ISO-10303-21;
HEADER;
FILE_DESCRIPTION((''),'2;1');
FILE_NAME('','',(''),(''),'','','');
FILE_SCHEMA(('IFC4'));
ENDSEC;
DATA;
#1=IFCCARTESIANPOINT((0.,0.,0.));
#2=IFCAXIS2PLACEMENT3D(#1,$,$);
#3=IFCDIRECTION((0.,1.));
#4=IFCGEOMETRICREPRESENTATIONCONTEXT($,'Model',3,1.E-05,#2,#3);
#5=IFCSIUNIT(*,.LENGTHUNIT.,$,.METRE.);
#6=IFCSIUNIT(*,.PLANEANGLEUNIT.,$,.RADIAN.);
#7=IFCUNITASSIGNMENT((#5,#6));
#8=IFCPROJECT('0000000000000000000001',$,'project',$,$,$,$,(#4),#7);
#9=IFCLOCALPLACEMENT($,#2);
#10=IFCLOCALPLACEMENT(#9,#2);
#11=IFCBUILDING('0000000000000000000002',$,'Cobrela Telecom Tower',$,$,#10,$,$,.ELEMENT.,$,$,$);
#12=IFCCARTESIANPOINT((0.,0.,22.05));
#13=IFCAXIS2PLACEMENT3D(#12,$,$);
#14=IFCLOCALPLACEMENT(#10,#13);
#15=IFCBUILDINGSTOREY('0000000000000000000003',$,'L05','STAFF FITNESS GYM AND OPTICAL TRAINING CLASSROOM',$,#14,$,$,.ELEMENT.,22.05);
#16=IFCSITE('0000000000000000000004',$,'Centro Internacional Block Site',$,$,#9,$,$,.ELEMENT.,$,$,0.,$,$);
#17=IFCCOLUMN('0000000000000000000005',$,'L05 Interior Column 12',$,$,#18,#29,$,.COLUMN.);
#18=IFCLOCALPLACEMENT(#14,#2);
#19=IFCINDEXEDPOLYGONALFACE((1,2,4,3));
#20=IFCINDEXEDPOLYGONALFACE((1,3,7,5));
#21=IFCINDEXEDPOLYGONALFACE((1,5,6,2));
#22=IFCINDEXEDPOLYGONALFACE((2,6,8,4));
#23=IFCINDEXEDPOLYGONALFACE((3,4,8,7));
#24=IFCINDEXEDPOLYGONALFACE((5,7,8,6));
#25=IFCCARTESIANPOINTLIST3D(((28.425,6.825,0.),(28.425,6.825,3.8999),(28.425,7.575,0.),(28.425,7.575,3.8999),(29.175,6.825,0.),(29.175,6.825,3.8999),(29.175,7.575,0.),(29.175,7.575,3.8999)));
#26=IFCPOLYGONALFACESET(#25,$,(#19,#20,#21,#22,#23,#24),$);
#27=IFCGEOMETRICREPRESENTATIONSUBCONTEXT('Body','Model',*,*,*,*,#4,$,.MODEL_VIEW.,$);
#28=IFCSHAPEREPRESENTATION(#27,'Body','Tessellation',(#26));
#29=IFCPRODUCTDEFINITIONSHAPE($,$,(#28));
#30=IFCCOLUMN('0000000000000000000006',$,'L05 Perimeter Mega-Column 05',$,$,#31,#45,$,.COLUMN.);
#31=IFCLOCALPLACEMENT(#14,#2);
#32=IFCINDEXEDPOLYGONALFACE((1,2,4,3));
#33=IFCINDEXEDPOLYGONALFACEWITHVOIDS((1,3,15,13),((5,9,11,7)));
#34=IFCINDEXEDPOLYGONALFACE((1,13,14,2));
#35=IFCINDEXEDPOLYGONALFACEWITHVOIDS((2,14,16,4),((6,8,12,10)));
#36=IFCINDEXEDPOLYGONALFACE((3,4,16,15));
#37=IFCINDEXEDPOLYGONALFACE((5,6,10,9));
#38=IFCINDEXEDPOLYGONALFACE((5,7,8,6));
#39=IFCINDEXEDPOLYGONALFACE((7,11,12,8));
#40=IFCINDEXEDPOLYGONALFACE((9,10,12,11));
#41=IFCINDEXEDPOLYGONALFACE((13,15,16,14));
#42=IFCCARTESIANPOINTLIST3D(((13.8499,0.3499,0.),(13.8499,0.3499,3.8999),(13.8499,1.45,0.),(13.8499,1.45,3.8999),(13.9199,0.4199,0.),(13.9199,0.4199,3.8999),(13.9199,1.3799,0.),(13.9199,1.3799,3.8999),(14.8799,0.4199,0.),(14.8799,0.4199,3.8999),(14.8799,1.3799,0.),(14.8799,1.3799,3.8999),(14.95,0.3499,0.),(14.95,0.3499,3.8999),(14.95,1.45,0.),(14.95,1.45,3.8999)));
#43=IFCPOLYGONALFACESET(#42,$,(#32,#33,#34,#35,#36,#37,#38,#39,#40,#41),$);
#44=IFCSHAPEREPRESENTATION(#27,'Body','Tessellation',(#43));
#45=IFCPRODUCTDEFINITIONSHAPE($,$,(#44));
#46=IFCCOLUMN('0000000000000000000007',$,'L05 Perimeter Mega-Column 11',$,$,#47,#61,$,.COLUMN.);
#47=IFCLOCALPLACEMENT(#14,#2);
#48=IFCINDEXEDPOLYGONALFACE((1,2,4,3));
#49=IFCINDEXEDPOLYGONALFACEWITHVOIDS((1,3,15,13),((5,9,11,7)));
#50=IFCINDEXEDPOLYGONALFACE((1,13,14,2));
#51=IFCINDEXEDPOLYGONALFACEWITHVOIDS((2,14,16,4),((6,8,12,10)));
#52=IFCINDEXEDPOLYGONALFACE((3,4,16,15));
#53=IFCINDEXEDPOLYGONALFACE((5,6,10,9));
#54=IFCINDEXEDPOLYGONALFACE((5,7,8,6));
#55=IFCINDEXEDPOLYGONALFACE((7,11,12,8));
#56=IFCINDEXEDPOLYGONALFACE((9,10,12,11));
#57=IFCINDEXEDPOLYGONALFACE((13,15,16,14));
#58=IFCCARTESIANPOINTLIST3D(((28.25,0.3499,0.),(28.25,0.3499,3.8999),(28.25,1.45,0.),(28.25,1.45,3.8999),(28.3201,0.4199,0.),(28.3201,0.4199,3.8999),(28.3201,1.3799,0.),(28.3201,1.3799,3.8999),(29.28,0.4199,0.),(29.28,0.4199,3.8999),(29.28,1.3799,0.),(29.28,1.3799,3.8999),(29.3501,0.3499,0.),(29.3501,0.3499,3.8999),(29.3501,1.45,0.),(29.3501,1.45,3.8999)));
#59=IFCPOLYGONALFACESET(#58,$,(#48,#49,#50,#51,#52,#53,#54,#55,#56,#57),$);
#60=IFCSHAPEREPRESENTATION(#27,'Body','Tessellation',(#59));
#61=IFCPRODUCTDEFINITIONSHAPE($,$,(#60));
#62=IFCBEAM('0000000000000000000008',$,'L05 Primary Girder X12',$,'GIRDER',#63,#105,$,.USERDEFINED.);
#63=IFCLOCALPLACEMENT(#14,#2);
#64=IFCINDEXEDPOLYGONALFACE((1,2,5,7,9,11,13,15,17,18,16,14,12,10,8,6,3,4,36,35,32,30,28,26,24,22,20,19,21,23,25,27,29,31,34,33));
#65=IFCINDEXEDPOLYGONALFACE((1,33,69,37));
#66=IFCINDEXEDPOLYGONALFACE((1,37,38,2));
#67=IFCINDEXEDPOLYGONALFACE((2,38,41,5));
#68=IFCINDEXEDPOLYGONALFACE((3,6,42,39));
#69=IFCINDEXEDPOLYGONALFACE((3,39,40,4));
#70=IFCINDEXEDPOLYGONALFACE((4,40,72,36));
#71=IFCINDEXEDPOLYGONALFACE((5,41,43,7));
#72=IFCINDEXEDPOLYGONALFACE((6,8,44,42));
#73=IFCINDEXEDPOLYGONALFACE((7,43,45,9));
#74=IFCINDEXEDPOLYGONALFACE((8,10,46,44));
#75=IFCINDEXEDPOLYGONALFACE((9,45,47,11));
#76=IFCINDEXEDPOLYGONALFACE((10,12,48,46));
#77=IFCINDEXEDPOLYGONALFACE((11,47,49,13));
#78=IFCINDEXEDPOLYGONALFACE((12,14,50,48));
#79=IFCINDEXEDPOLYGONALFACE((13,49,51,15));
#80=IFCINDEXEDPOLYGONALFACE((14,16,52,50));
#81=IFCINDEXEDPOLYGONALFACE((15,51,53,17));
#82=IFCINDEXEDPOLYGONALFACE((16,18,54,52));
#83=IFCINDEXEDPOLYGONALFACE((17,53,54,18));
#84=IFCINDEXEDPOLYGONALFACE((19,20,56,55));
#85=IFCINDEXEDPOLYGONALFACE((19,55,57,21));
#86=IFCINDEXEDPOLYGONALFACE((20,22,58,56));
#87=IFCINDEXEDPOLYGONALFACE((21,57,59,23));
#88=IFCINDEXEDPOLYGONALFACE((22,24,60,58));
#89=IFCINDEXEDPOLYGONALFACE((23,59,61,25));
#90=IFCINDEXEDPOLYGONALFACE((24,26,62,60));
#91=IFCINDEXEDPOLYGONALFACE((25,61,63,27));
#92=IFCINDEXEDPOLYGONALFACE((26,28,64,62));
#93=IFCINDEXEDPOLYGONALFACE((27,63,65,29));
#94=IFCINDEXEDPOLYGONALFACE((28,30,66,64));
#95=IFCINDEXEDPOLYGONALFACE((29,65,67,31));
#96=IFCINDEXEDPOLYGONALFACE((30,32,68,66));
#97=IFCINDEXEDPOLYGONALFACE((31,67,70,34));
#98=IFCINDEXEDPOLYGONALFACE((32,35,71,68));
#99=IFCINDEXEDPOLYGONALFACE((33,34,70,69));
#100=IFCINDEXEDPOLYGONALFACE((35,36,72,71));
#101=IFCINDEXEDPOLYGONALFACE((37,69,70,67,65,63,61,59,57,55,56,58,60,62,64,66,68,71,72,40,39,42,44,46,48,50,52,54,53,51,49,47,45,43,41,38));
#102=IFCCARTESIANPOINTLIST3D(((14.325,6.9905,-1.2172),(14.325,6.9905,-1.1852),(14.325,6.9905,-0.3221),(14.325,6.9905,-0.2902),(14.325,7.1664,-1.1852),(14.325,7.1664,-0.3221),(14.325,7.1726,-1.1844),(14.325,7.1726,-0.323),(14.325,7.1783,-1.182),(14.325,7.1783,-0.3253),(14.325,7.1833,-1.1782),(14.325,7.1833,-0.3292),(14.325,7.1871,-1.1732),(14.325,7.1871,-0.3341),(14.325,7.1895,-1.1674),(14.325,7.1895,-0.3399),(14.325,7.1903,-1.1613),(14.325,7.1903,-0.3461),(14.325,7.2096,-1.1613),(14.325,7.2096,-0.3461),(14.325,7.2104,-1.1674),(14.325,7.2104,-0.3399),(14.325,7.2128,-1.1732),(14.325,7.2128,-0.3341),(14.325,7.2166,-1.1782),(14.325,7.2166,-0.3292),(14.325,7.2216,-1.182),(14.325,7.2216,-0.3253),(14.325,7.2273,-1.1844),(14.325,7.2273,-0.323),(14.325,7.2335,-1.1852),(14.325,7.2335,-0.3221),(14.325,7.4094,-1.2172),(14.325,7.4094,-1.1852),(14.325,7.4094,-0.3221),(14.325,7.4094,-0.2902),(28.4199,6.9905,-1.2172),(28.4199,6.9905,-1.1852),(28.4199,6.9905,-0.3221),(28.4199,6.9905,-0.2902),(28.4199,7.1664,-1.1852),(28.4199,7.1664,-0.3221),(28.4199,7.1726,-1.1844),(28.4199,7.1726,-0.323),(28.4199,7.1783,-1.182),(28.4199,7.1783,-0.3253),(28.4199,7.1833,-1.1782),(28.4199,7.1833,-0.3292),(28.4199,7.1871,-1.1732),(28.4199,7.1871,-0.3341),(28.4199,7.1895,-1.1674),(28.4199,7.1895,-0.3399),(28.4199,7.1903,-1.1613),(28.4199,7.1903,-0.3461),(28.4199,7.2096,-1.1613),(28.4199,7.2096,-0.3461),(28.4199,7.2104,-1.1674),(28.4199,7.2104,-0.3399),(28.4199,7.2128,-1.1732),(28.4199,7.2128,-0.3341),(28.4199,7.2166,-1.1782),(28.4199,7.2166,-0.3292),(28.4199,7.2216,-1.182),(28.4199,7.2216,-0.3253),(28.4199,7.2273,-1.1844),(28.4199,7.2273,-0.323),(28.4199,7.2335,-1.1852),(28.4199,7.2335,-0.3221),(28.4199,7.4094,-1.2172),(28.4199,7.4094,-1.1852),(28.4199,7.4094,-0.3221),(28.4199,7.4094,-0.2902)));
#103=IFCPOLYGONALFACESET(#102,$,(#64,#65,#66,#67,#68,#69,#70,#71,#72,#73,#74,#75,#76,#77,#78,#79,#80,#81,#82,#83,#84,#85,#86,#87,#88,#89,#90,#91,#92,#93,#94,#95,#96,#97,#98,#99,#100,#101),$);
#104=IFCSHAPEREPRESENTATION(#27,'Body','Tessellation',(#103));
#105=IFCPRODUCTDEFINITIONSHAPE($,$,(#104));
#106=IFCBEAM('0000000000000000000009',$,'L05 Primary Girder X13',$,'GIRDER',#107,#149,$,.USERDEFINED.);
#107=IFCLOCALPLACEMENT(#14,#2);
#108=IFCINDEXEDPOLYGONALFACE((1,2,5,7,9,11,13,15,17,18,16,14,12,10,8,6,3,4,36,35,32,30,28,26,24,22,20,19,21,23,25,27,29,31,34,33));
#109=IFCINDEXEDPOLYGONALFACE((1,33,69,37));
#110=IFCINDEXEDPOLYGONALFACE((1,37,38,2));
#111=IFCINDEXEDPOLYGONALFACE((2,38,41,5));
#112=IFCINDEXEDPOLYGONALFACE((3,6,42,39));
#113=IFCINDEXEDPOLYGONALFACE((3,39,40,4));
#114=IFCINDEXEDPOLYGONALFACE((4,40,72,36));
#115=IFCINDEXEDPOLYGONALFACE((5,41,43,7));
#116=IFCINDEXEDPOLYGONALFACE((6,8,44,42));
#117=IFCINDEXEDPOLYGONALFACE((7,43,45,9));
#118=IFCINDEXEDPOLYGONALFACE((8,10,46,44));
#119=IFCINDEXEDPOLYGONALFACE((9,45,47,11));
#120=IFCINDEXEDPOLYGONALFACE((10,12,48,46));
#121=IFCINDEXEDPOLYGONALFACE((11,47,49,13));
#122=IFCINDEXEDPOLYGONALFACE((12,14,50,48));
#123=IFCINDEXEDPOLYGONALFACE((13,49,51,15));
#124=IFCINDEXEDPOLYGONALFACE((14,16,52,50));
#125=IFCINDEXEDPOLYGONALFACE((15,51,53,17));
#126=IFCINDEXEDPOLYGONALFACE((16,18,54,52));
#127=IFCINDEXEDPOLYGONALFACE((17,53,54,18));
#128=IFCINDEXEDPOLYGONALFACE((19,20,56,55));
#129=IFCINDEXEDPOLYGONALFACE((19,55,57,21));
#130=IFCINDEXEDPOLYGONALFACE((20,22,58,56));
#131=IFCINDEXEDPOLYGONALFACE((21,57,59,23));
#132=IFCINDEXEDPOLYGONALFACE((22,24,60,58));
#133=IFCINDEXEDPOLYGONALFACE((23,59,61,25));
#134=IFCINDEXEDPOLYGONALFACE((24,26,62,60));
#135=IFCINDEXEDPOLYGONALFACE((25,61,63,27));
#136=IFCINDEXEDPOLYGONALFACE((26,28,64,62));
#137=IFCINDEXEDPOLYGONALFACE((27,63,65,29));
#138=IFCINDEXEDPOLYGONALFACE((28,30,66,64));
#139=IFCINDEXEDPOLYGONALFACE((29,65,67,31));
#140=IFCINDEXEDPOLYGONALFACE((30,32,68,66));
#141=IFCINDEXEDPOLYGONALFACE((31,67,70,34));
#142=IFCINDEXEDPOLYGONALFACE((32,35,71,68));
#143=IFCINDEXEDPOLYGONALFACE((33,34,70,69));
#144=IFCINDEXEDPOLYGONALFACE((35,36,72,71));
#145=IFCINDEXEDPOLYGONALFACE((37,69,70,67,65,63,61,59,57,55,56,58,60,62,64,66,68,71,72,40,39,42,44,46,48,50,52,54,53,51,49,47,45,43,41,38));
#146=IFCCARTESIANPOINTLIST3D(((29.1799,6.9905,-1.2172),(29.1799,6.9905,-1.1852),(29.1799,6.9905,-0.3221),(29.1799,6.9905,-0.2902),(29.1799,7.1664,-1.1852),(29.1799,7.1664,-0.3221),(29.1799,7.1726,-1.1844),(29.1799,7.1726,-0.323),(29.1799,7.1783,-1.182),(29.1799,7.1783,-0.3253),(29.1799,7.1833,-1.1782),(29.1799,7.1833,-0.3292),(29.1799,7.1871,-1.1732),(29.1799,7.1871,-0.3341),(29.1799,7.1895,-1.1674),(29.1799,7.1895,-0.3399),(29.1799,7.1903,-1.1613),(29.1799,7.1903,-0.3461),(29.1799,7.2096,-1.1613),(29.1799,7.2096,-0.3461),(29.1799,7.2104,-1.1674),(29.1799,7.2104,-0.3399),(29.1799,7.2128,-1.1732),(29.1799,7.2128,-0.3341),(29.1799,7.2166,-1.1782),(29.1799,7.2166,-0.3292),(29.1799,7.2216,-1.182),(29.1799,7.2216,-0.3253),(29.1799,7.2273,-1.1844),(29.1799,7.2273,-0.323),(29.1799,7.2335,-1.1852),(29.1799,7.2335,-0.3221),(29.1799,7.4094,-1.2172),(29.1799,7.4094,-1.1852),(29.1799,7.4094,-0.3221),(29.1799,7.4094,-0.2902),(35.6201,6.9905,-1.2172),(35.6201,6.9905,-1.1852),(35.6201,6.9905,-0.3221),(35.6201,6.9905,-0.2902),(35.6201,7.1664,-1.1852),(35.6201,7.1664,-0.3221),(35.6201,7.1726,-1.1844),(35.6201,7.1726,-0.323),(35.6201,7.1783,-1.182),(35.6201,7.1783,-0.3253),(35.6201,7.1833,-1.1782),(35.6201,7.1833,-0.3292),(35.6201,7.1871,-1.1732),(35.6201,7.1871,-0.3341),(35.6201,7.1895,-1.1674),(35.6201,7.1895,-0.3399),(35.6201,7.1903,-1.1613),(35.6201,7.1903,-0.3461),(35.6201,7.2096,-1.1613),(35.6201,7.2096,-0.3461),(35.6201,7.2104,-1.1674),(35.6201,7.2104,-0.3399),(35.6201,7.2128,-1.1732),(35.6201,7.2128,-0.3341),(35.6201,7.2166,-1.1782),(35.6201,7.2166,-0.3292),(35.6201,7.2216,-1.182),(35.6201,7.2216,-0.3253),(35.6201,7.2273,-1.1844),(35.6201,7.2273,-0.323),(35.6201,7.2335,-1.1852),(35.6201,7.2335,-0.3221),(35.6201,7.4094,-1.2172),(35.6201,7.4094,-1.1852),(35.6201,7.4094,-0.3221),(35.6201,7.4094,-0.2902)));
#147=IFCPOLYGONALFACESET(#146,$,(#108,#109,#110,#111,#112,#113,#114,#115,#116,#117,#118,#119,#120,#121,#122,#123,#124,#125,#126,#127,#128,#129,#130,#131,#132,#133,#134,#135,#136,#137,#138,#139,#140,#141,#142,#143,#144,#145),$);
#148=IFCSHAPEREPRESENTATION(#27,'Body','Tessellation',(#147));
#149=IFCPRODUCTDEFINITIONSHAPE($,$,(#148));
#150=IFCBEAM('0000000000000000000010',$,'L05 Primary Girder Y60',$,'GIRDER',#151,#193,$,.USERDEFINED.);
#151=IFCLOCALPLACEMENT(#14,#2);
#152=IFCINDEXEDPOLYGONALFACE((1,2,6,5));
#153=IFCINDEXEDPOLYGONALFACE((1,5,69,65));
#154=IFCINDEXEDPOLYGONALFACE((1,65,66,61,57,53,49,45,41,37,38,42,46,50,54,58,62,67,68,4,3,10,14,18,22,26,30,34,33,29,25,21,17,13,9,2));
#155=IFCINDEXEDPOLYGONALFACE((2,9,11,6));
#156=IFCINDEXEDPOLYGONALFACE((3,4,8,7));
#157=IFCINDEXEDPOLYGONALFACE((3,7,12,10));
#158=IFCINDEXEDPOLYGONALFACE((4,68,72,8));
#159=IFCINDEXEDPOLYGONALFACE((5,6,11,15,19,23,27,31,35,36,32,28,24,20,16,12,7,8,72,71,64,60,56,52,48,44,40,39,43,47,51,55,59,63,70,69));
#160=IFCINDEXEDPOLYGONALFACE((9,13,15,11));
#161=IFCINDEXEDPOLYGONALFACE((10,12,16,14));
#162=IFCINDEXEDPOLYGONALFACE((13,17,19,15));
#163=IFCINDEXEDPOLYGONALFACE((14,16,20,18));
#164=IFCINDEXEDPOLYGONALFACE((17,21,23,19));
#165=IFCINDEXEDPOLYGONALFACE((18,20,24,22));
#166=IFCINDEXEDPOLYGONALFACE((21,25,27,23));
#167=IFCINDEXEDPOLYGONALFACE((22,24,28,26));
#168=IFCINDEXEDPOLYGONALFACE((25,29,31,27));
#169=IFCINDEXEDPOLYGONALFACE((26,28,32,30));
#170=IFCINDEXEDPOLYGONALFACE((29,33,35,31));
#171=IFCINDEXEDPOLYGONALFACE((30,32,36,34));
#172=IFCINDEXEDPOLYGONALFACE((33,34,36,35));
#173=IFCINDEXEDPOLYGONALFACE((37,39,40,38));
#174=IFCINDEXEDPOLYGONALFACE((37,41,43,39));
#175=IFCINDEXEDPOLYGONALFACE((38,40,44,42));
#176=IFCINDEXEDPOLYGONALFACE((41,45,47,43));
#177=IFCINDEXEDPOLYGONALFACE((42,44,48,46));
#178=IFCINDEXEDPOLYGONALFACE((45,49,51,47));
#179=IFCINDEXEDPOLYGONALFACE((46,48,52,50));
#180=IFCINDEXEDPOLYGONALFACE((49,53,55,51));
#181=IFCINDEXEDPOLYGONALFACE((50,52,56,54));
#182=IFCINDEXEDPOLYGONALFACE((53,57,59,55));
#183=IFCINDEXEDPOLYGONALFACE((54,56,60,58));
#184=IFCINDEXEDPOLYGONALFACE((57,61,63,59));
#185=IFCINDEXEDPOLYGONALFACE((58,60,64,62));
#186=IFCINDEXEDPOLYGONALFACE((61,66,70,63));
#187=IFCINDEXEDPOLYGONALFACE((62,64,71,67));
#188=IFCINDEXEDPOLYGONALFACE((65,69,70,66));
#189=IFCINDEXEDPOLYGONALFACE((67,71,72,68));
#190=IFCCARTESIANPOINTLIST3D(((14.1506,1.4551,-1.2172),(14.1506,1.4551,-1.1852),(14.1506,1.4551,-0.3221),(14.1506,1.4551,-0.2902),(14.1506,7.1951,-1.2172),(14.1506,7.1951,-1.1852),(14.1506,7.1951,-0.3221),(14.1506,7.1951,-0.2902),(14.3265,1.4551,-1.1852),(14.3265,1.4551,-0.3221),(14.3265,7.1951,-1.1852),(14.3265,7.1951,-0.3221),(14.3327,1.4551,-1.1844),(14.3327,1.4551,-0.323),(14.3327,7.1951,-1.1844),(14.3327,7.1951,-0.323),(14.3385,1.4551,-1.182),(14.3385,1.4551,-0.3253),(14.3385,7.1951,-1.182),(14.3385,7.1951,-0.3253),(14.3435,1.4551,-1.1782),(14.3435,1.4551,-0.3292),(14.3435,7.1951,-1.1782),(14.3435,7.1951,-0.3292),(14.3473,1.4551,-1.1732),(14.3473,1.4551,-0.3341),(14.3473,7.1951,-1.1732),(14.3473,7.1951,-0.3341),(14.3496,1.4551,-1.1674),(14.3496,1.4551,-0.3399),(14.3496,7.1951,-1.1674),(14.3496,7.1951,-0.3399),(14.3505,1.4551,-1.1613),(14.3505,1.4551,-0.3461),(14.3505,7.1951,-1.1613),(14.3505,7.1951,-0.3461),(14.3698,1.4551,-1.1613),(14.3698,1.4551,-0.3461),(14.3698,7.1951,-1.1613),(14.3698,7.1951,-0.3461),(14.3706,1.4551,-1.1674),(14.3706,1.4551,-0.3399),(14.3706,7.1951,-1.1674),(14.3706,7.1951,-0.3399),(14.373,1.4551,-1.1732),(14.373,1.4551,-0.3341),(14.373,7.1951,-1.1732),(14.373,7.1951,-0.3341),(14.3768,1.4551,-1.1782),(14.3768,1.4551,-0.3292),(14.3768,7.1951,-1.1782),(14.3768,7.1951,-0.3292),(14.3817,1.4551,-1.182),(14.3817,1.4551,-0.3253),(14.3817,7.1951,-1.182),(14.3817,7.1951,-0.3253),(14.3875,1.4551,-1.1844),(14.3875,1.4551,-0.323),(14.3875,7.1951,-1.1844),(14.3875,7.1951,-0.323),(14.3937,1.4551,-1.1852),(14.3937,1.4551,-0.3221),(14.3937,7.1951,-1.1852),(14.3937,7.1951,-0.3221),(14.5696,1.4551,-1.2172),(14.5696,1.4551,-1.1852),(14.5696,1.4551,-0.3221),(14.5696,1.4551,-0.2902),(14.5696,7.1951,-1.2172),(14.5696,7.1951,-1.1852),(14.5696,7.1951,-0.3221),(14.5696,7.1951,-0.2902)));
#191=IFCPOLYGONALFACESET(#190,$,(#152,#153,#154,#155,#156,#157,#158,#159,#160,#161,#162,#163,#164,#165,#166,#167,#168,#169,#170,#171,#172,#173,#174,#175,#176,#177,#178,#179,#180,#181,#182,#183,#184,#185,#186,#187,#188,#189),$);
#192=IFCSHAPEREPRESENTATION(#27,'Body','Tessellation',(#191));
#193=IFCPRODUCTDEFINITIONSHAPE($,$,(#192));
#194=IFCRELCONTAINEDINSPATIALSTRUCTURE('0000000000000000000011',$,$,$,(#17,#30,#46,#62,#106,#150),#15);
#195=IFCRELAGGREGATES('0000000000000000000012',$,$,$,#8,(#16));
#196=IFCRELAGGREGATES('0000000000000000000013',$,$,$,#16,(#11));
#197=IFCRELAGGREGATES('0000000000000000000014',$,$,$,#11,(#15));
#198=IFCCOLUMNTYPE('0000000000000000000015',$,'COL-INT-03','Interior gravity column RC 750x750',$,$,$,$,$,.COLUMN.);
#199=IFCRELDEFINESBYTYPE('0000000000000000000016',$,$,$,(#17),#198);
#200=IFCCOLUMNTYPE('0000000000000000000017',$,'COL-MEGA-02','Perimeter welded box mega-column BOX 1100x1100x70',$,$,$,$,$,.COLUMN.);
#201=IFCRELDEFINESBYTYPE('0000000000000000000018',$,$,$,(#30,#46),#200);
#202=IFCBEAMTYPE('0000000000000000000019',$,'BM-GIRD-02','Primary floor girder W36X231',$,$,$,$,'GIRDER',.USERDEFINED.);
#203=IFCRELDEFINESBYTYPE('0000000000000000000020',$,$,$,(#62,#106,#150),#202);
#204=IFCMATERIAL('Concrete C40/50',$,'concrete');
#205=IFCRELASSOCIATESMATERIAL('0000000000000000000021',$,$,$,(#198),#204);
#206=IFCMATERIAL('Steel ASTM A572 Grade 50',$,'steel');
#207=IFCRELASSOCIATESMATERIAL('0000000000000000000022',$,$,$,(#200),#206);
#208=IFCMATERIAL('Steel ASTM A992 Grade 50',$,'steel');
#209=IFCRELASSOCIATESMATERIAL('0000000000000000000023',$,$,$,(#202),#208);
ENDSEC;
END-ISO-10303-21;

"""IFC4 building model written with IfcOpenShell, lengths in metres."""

from ifc_helpers import new_model, si_unit, direction, frame, origin, origin_2d, place, context, subcontext, project, spatial, rectangle, hollow_rectangle, i_section, extrude, material, material_profile, profile_set, type_object, element, save


model = new_model("IFC4")

# Units and contexts
model_context = context("Model", 3, precision=1e-05, world=origin(), true_north=direction((0.0, 1.0)))
body_context = subcontext(model_context, "Body", "Model", "MODEL_VIEW")
ifc_project = project(units=[si_unit("LENGTHUNIT", "METRE"), si_unit("PLANEANGLEUNIT", "RADIAN")], contexts=[model_context])

# Site, building, storey
site_placement = place(None, origin())
site = spatial("IfcSite", under=ifc_project, at=site_placement, Name="Centro Internacional Block Site", CompositionType="ELEMENT", RefElevation=0.0)
building_placement = place(site_placement, origin())
building = spatial("IfcBuilding", under=site, at=building_placement, Name="Cobrela Telecom Tower", CompositionType="ELEMENT")
storey_placement = place(building_placement, frame((0.0, 0.0, 22.05)))
storey = spatial("IfcBuildingStorey", under=building, at=storey_placement, Name="L05", Description="STAFF FITNESS GYM AND OPTICAL TRAINING CLASSROOM", CompositionType="ELEMENT", Elevation=22.05)

# Columns
ifc_material_1 = material(Name="Concrete C40/50", Category="concrete")
ifc_material_profile_1 = material_profile(ifc_material_1, rectangle(XDim=0.75, YDim=0.75, at=origin_2d()), Name="RC 750x750")
ifc_profile_set_1 = profile_set([ifc_material_profile_1], Name="Concrete C40/50")
column_type_1 = type_object("IfcColumnType", Name="COL-INT-03", Description="Interior gravity column RC 750x750", PredefinedType="COLUMN", material=ifc_profile_set_1)
column_placement = place(storey_placement, frame((28.8, 7.2, 0.0), z_axis=(0.0, 0.0, 1.0), x_axis=(1.0, 0.0, 0.0)))
element("IfcColumn", 1, at=column_placement, inside=storey, type_object=column_type_1, Name="L05 Interior Column 12", PredefinedType="COLUMN", context=body_context, shape_type="SweptSolid", body=[
    extrude(rectangle(XDim=0.75, YDim=0.75, at=origin_2d()), origin(), (0.0, 0.0, 1.0), 3.8999),
])
ifc_material_2 = material(Name="Steel ASTM A572 Grade 50", Category="steel")
ifc_material_profile_2 = material_profile(ifc_material_2, hollow_rectangle(XDim=1.1001, YDim=1.1001, WallThickness=0.0701, at=origin_2d()), Name="BOX 1100x1100x70")
ifc_profile_set_2 = profile_set([ifc_material_profile_2], Name="Steel ASTM A572 Grade 50")
column_type_2 = type_object("IfcColumnType", Name="COL-MEGA-02", Description="Perimeter welded box mega-column BOX 1100x1100x70", PredefinedType="COLUMN", material=ifc_profile_set_2)
for number, where, z_axis, x_axis, name in (
    (2, (14.3999, 0.8999, 0.0), (0.0, 0.0, 1.0), (1.0, 0.0, 0.0), "L05 Perimeter Mega-Column 05"),
    (3, (28.8, 0.8999, 0.0), (0.0, 0.0, 1.0), (1.0, 0.0, 0.0), "L05 Perimeter Mega-Column 11"),
):
    element("IfcColumn", number, at=place(storey_placement, frame(where, z_axis=z_axis, x_axis=x_axis)), inside=storey, type_object=column_type_2, Name=name, PredefinedType="COLUMN", context=body_context, shape_type="SweptSolid", body=[
        extrude(hollow_rectangle(XDim=1.1001, YDim=1.1001, WallThickness=0.0701, at=origin_2d()), origin(), (0.0, 0.0, 1.0), 3.8999),
    ])

# Beams
ifc_material_3 = material(Name="Steel ASTM A992 Grade 50", Category="steel")
ifc_material_profile_3 = material_profile(ifc_material_3, i_section(OverallWidth=0.4189, OverallDepth=0.927, WebThickness=0.0193, FlangeThickness=0.032, FilletRadius=0.0239, at=origin_2d()), Name="W36X231")
ifc_profile_set_3 = profile_set([ifc_material_profile_3], Name="Steel ASTM A992 Grade 50")
beam_type_1 = type_object("IfcBeamType", Name="BM-GIRD-02", Description="Primary floor girder W36X231", ElementType="GIRDER", PredefinedType="USERDEFINED", material=ifc_profile_set_3)
beam_1_placement = place(storey_placement, frame((14.325, 7.2, -0.7537), z_axis=(1.0, 0.0, 0.0), x_axis=(0.0, 1.0, 0.0)))
element("IfcBeam", 4, at=beam_1_placement, inside=storey, type_object=beam_type_1, Name="L05 Primary Girder X12", ObjectType="GIRDER", PredefinedType="USERDEFINED", context=body_context, shape_type="SweptSolid", body=[
    extrude(i_section(OverallWidth=0.4189, OverallDepth=0.927, WebThickness=0.0193, FlangeThickness=0.032, FilletRadius=0.0239, at=origin_2d()), origin(), (0.0, 0.0, 1.0), 14.095),
])
beam_2_placement = place(storey_placement, frame((29.1799, 7.2, -0.7537), z_axis=(1.0, 0.0, 0.0), x_axis=(0.0, 1.0, 0.0)))
element("IfcBeam", 5, at=beam_2_placement, inside=storey, type_object=beam_type_1, Name="L05 Primary Girder X13", ObjectType="GIRDER", PredefinedType="USERDEFINED", context=body_context, shape_type="SweptSolid", body=[
    extrude(i_section(OverallWidth=0.4189, OverallDepth=0.927, WebThickness=0.0193, FlangeThickness=0.032, FilletRadius=0.0239, at=origin_2d()), origin(), (0.0, 0.0, 1.0), 6.4402),
])
beam_3_placement = place(storey_placement, frame((14.3601, 1.4551, -0.7537), z_axis=(0.0, 1.0, 0.0), x_axis=(-1.0, 0.0, 0.0)))
element("IfcBeam", 6, at=beam_3_placement, inside=storey, type_object=beam_type_1, Name="L05 Primary Girder Y60", ObjectType="GIRDER", PredefinedType="USERDEFINED", context=body_context, shape_type="SweptSolid", body=[
    extrude(i_section(OverallWidth=0.4189, OverallDepth=0.927, WebThickness=0.0193, FlangeThickness=0.032, FilletRadius=0.0239, at=origin_2d()), origin(), (0.0, 0.0, 1.0), 5.74),
])

save(model, "model.ifc")
